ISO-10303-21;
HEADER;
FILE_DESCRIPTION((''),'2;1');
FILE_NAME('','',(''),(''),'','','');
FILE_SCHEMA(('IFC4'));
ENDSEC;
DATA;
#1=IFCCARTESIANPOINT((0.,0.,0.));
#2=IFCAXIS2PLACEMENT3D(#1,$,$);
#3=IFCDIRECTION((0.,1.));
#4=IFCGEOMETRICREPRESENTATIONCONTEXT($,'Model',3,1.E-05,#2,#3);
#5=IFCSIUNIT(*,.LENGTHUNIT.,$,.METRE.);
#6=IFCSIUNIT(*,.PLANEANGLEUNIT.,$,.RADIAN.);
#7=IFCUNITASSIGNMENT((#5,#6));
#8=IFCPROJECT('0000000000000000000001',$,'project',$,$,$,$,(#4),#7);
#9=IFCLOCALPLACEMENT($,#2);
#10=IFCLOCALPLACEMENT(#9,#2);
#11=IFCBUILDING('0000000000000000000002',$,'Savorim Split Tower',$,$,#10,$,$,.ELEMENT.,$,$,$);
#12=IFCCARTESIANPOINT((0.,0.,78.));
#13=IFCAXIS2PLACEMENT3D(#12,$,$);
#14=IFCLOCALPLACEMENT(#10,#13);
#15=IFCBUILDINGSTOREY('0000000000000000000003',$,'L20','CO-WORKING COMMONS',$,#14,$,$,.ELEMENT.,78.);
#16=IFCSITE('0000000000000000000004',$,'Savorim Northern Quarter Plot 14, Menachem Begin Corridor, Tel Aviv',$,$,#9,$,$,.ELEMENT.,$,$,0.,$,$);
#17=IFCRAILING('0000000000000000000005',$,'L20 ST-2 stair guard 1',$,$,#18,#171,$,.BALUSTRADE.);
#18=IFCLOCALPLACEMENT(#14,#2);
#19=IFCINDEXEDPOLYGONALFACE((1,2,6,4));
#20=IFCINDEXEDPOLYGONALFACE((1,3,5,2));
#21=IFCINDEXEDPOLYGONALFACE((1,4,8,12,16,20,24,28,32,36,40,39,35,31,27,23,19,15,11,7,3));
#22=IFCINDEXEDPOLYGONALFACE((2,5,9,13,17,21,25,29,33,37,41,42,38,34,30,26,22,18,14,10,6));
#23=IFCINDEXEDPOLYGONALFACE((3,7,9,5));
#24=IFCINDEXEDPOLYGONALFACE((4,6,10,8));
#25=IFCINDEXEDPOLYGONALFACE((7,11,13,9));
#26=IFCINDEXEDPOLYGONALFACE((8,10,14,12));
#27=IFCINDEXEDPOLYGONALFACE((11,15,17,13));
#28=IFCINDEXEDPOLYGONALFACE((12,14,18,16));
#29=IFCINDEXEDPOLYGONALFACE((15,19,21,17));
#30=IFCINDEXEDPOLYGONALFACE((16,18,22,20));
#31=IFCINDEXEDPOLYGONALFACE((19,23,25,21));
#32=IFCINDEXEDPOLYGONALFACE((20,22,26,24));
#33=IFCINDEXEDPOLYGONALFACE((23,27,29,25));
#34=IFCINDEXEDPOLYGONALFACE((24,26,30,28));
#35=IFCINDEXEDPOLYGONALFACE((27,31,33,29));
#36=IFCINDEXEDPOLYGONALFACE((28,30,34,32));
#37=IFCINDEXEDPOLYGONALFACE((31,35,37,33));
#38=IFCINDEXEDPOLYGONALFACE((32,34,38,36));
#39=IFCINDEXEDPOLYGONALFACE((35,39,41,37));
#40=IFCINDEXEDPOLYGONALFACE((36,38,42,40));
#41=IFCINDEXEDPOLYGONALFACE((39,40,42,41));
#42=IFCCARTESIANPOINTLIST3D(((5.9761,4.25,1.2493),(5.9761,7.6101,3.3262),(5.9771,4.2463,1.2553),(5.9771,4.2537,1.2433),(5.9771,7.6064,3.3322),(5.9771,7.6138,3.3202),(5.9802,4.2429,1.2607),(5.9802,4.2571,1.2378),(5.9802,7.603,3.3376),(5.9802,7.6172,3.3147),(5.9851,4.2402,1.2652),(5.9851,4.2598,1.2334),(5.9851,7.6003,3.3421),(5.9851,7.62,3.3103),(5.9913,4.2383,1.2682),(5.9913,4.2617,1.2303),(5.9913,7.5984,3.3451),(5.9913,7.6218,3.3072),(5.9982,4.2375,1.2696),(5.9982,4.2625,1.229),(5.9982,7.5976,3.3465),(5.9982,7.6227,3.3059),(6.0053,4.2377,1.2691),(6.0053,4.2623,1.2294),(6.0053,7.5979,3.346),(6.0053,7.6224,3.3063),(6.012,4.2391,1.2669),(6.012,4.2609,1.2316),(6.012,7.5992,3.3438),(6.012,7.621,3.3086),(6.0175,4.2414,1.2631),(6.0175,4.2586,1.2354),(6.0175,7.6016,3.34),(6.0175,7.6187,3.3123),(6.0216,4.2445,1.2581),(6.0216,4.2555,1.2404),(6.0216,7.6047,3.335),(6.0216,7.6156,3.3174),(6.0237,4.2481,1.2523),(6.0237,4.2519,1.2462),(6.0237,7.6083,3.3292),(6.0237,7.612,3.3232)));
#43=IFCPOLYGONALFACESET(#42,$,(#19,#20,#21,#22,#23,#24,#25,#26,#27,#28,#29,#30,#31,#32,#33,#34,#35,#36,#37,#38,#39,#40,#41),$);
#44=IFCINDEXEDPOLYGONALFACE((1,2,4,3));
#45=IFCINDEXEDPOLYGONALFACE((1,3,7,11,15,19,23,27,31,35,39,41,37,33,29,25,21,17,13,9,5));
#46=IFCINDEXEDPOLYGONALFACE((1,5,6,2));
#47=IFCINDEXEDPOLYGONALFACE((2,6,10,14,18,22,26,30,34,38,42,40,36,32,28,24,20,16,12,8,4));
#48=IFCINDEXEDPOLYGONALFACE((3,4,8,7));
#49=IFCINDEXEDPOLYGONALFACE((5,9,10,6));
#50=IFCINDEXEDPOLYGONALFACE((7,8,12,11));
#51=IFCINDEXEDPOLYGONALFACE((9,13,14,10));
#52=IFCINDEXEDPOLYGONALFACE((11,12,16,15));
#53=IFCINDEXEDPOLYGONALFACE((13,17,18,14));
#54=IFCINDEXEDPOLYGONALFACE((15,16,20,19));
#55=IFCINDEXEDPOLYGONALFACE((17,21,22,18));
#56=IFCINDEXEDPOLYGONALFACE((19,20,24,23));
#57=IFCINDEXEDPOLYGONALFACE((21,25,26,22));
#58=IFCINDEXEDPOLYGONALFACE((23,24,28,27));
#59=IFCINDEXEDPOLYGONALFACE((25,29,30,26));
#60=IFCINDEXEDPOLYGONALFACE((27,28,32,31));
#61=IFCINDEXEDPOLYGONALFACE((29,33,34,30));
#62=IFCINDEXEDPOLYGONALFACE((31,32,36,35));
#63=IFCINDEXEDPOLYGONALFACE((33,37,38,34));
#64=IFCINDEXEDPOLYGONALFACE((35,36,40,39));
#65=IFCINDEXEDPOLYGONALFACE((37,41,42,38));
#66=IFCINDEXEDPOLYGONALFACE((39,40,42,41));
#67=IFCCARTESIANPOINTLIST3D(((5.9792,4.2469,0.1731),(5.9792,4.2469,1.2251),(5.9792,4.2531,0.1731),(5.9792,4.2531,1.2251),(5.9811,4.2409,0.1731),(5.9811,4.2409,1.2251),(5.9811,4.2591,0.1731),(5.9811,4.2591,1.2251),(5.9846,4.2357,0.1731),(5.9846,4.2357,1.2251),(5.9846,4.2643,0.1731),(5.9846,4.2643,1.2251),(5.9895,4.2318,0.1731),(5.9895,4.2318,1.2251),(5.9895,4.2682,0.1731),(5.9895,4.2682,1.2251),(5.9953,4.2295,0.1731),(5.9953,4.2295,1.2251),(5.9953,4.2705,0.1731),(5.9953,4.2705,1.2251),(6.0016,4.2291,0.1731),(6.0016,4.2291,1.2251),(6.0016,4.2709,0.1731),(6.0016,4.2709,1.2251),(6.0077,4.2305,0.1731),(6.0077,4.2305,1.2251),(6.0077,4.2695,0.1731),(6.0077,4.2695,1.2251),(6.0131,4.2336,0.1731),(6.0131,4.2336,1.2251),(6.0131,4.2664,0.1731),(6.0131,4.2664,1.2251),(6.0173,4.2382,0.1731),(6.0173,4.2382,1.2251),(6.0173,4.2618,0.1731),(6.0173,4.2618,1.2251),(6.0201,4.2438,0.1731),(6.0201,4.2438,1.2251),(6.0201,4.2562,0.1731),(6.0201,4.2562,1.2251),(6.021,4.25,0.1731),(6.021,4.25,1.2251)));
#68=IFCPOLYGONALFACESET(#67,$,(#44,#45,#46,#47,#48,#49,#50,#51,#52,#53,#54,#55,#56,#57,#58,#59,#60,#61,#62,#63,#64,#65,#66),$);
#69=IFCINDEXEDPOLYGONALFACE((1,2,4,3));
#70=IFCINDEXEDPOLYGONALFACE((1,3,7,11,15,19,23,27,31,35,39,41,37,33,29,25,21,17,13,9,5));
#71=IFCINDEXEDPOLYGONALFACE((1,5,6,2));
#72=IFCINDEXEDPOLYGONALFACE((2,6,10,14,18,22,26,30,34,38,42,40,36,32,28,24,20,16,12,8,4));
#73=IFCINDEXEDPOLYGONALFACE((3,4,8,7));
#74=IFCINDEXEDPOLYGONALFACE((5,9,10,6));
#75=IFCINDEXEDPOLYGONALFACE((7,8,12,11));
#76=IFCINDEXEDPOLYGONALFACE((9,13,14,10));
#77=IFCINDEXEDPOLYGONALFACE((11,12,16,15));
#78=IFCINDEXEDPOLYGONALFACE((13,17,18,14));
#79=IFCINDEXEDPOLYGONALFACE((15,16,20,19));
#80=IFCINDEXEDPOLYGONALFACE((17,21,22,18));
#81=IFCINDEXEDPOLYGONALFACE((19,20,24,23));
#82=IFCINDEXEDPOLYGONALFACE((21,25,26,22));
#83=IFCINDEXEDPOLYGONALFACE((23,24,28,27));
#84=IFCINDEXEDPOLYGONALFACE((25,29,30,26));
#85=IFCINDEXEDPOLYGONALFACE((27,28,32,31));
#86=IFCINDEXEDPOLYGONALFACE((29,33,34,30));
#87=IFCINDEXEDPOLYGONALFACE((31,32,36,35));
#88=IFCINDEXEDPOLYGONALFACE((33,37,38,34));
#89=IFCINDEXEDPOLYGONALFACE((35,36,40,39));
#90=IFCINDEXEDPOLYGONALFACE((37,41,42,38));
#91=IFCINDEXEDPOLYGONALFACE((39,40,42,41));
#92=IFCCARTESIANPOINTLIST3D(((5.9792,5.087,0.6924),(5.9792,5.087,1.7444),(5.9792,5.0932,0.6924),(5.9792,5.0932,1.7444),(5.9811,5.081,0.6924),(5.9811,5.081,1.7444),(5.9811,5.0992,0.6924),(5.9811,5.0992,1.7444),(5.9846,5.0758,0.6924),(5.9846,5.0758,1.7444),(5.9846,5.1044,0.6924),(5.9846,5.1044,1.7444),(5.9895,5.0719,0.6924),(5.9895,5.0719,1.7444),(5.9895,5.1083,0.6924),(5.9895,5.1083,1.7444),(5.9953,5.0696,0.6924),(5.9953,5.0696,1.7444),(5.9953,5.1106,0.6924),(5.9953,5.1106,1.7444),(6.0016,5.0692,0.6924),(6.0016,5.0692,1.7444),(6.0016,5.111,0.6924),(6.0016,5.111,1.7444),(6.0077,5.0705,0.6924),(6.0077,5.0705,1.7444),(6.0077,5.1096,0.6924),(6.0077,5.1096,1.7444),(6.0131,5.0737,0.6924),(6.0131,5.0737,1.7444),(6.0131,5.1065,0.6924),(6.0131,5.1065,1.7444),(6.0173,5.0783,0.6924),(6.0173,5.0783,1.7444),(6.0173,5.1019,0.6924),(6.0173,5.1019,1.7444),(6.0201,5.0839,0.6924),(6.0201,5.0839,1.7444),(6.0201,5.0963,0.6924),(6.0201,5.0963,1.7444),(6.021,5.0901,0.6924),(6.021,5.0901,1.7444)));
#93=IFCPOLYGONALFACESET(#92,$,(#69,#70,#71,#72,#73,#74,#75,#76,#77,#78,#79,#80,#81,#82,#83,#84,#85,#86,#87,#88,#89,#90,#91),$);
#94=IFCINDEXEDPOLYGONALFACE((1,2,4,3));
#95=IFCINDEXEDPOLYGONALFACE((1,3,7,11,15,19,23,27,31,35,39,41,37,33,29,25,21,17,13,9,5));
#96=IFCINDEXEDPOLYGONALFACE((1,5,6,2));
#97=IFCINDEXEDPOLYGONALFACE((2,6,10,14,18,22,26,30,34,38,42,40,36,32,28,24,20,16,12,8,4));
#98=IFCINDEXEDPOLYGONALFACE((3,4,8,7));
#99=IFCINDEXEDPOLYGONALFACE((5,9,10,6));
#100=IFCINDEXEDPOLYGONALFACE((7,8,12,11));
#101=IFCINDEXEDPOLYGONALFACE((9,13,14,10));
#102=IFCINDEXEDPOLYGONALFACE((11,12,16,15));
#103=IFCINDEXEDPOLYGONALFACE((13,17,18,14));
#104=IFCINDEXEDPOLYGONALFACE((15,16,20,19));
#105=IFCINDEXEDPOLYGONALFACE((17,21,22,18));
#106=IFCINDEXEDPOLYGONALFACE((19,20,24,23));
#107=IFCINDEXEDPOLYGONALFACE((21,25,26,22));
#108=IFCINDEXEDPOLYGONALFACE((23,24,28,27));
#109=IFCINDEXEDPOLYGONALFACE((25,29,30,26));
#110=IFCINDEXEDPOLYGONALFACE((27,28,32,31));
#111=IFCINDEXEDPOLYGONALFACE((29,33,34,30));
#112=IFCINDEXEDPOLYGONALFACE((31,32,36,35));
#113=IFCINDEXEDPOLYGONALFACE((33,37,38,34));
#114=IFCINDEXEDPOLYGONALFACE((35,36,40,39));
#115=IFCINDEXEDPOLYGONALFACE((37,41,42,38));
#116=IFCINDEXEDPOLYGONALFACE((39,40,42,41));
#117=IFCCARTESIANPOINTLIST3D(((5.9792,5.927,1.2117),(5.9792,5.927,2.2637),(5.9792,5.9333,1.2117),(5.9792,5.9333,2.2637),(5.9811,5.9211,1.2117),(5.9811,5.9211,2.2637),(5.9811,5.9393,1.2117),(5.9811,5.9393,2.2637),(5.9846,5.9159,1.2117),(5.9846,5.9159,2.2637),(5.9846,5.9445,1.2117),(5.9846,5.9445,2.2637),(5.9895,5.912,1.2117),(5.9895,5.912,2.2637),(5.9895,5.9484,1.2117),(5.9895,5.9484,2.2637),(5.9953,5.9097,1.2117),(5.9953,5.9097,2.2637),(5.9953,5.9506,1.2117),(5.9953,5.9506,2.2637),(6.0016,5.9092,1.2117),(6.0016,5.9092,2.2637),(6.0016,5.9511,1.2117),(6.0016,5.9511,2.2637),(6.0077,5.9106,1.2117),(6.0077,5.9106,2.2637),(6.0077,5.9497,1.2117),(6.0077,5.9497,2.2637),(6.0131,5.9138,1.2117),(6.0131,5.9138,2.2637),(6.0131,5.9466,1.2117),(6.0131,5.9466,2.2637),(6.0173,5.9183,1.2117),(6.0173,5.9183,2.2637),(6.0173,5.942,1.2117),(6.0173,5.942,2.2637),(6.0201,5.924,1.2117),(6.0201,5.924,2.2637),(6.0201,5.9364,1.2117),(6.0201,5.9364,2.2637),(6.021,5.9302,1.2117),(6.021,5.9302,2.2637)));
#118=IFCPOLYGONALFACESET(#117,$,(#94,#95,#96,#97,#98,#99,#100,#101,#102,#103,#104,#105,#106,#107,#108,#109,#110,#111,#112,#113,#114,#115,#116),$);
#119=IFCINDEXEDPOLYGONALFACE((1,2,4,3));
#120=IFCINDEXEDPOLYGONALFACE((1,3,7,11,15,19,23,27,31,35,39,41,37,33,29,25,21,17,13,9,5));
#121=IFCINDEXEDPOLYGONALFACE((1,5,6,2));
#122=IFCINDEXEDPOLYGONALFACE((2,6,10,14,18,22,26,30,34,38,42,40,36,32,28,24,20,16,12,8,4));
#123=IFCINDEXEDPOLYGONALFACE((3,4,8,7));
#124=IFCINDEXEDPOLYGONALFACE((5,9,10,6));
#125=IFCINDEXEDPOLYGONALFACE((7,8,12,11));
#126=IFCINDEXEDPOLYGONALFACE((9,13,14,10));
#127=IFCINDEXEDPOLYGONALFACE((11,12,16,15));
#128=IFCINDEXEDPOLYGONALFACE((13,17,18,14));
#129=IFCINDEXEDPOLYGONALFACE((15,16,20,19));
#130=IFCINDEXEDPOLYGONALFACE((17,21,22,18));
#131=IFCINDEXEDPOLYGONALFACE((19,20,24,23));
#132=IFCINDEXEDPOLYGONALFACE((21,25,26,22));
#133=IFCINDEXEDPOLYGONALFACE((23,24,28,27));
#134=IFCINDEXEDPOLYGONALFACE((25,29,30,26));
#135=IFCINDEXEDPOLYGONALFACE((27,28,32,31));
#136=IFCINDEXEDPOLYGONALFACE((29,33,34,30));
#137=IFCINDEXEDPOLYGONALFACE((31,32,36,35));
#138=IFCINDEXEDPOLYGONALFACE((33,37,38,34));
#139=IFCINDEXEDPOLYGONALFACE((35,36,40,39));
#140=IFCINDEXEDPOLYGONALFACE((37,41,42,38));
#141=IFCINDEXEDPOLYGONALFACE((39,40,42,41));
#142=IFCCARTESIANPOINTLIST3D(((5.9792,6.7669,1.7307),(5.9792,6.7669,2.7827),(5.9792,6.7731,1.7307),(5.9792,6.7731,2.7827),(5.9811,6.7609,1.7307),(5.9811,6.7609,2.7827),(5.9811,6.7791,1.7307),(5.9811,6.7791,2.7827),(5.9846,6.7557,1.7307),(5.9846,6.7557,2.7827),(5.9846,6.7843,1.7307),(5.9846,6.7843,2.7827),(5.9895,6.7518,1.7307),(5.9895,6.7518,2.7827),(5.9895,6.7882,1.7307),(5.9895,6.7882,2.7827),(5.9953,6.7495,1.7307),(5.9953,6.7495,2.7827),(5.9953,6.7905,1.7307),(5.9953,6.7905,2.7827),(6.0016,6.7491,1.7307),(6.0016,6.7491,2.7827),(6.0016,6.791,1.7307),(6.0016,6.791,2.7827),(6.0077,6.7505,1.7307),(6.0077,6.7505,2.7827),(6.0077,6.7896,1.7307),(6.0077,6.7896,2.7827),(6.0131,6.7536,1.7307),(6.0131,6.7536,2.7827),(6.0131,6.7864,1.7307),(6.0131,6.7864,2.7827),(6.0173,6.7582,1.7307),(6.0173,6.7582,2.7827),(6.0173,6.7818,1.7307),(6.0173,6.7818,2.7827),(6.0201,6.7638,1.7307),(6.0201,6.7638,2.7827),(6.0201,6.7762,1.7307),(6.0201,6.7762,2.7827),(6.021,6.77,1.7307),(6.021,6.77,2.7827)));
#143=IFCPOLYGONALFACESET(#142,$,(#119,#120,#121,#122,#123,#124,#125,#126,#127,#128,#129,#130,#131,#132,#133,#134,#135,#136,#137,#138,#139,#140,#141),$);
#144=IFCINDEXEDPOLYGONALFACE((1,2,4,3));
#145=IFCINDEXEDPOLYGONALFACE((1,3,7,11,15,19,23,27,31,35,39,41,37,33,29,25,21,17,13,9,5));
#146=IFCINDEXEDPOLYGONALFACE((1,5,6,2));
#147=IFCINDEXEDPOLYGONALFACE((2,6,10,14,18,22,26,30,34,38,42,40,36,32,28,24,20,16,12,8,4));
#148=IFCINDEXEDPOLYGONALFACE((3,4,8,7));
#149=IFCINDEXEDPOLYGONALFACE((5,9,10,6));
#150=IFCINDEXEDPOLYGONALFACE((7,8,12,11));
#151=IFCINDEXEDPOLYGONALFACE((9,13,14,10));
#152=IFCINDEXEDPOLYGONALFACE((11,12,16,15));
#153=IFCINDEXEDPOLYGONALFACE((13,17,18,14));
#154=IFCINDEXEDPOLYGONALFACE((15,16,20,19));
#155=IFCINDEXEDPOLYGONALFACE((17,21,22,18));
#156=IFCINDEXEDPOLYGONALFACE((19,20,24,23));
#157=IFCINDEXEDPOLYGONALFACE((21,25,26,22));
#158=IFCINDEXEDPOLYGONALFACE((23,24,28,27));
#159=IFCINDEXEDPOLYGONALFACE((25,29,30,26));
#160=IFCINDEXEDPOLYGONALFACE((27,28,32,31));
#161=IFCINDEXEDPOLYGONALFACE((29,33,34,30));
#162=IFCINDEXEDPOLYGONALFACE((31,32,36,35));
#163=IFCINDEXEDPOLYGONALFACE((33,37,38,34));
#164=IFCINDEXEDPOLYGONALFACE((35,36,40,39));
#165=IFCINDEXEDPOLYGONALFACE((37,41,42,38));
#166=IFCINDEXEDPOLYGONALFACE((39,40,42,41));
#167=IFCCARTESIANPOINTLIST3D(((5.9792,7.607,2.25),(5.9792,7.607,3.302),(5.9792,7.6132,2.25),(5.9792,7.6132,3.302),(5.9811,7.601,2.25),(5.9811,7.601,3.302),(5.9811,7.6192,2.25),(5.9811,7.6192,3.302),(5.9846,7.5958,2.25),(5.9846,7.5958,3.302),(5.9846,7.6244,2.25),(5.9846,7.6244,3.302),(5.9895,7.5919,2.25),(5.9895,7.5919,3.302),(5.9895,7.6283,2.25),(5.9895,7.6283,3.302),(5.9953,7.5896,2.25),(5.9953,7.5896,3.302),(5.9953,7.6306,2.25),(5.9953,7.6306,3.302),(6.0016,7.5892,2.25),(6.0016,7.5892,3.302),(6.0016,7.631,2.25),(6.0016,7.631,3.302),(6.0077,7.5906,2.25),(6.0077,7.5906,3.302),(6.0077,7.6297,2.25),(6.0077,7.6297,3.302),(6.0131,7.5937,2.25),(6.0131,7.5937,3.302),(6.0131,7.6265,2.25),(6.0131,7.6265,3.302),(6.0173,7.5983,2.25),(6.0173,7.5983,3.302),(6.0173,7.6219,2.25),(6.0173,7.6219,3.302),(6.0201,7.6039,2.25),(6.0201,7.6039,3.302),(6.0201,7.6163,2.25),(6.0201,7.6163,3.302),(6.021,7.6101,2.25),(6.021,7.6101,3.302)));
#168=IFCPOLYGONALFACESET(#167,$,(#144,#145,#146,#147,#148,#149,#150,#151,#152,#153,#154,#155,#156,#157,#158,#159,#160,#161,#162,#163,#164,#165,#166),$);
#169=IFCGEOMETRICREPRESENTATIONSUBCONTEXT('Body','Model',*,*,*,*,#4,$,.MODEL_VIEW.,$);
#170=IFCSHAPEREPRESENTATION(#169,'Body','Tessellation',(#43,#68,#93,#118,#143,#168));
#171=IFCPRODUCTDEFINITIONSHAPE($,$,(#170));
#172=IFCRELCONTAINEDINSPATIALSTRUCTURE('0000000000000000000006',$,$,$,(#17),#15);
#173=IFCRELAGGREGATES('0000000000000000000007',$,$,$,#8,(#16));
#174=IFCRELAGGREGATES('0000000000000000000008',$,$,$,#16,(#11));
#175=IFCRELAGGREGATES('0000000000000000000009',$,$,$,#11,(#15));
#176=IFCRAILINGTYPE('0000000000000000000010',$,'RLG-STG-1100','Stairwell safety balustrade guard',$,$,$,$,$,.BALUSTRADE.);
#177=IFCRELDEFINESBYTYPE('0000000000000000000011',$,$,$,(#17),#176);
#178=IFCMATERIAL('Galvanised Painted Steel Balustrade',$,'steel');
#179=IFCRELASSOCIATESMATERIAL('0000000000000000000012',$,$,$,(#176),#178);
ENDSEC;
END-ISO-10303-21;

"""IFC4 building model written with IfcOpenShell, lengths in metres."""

from ifc_helpers import new_model, si_unit, direction, frame, origin, origin_2d, place, context, subcontext, project, spatial, circle, extrude, material, type_object, element, save


model = new_model("IFC4")

# Units and contexts
model_context = context("Model", 3, precision=1e-05, world=origin(), true_north=direction((0.0, 1.0)))
body_context = subcontext(model_context, "Body", "Model", "MODEL_VIEW")
ifc_project = project(units=[si_unit("LENGTHUNIT", "METRE"), si_unit("PLANEANGLEUNIT", "RADIAN")], contexts=[model_context])

# Site, building, storey
site_placement = place(None, origin())
site = spatial("IfcSite", under=ifc_project, at=site_placement, Name="Savorim Northern Quarter Plot 14, Menachem Begin Corridor, Tel Aviv", CompositionType="ELEMENT", RefElevation=0.0)
building_placement = place(site_placement, origin())
building = spatial("IfcBuilding", under=site, at=building_placement, Name="Savorim Split Tower", CompositionType="ELEMENT")
storey_placement = place(building_placement, frame((0.0, 0.0, 78.0)))
storey = spatial("IfcBuildingStorey", under=building, at=storey_placement, Name="L20", Description="CO-WORKING COMMONS", CompositionType="ELEMENT", Elevation=78.0)

# Railing
ifc_material_1 = material(Name="Galvanised Painted Steel Balustrade", Category="steel")
railing_type_1 = type_object("IfcRailingType", Name="RLG-STG-1100", Description="Stairwell safety balustrade guard", PredefinedType="BALUSTRADE", material=ifc_material_1)
railing_1_placement = place(storey_placement, frame((6.0, 4.25, 0.1731)))
element("IfcRailing", 1, at=railing_1_placement, inside=storey, type_object=railing_type_1, Name="L20 ST-2 stair guard 1", PredefinedType="BALUSTRADE", context=body_context, shape_type="SweptSolid", body=[
    extrude(circle(Radius=0.0239, at=origin_2d()), frame((0.0, 0.0, 1.0762), z_axis=(0.0, 0.850623, 0.525776), x_axis=(-1.0, 0.0, 0.0)), (0.0, 0.0, 1.0), 3.9502),
    extrude(circle(Radius=0.021, at=origin_2d()), origin(), (0.0, 0.0, 1.0), 1.052),
    extrude(circle(Radius=0.021, at=origin_2d()), frame((0.0, 0.8401, 0.5193)), (0.0, 0.0, 1.0), 1.052),
    extrude(circle(Radius=0.021, at=origin_2d()), frame((0.0, 1.6802, 1.0386)), (0.0, 0.0, 1.0), 1.052),
    extrude(circle(Radius=0.021, at=origin_2d()), frame((0.0, 2.52, 1.5576)), (0.0, 0.0, 1.0), 1.052),
    extrude(circle(Radius=0.021, at=origin_2d()), frame((0.0, 3.3601, 2.0769)), (0.0, 0.0, 1.0), 1.052),
])

save(model, "model.ifc")
